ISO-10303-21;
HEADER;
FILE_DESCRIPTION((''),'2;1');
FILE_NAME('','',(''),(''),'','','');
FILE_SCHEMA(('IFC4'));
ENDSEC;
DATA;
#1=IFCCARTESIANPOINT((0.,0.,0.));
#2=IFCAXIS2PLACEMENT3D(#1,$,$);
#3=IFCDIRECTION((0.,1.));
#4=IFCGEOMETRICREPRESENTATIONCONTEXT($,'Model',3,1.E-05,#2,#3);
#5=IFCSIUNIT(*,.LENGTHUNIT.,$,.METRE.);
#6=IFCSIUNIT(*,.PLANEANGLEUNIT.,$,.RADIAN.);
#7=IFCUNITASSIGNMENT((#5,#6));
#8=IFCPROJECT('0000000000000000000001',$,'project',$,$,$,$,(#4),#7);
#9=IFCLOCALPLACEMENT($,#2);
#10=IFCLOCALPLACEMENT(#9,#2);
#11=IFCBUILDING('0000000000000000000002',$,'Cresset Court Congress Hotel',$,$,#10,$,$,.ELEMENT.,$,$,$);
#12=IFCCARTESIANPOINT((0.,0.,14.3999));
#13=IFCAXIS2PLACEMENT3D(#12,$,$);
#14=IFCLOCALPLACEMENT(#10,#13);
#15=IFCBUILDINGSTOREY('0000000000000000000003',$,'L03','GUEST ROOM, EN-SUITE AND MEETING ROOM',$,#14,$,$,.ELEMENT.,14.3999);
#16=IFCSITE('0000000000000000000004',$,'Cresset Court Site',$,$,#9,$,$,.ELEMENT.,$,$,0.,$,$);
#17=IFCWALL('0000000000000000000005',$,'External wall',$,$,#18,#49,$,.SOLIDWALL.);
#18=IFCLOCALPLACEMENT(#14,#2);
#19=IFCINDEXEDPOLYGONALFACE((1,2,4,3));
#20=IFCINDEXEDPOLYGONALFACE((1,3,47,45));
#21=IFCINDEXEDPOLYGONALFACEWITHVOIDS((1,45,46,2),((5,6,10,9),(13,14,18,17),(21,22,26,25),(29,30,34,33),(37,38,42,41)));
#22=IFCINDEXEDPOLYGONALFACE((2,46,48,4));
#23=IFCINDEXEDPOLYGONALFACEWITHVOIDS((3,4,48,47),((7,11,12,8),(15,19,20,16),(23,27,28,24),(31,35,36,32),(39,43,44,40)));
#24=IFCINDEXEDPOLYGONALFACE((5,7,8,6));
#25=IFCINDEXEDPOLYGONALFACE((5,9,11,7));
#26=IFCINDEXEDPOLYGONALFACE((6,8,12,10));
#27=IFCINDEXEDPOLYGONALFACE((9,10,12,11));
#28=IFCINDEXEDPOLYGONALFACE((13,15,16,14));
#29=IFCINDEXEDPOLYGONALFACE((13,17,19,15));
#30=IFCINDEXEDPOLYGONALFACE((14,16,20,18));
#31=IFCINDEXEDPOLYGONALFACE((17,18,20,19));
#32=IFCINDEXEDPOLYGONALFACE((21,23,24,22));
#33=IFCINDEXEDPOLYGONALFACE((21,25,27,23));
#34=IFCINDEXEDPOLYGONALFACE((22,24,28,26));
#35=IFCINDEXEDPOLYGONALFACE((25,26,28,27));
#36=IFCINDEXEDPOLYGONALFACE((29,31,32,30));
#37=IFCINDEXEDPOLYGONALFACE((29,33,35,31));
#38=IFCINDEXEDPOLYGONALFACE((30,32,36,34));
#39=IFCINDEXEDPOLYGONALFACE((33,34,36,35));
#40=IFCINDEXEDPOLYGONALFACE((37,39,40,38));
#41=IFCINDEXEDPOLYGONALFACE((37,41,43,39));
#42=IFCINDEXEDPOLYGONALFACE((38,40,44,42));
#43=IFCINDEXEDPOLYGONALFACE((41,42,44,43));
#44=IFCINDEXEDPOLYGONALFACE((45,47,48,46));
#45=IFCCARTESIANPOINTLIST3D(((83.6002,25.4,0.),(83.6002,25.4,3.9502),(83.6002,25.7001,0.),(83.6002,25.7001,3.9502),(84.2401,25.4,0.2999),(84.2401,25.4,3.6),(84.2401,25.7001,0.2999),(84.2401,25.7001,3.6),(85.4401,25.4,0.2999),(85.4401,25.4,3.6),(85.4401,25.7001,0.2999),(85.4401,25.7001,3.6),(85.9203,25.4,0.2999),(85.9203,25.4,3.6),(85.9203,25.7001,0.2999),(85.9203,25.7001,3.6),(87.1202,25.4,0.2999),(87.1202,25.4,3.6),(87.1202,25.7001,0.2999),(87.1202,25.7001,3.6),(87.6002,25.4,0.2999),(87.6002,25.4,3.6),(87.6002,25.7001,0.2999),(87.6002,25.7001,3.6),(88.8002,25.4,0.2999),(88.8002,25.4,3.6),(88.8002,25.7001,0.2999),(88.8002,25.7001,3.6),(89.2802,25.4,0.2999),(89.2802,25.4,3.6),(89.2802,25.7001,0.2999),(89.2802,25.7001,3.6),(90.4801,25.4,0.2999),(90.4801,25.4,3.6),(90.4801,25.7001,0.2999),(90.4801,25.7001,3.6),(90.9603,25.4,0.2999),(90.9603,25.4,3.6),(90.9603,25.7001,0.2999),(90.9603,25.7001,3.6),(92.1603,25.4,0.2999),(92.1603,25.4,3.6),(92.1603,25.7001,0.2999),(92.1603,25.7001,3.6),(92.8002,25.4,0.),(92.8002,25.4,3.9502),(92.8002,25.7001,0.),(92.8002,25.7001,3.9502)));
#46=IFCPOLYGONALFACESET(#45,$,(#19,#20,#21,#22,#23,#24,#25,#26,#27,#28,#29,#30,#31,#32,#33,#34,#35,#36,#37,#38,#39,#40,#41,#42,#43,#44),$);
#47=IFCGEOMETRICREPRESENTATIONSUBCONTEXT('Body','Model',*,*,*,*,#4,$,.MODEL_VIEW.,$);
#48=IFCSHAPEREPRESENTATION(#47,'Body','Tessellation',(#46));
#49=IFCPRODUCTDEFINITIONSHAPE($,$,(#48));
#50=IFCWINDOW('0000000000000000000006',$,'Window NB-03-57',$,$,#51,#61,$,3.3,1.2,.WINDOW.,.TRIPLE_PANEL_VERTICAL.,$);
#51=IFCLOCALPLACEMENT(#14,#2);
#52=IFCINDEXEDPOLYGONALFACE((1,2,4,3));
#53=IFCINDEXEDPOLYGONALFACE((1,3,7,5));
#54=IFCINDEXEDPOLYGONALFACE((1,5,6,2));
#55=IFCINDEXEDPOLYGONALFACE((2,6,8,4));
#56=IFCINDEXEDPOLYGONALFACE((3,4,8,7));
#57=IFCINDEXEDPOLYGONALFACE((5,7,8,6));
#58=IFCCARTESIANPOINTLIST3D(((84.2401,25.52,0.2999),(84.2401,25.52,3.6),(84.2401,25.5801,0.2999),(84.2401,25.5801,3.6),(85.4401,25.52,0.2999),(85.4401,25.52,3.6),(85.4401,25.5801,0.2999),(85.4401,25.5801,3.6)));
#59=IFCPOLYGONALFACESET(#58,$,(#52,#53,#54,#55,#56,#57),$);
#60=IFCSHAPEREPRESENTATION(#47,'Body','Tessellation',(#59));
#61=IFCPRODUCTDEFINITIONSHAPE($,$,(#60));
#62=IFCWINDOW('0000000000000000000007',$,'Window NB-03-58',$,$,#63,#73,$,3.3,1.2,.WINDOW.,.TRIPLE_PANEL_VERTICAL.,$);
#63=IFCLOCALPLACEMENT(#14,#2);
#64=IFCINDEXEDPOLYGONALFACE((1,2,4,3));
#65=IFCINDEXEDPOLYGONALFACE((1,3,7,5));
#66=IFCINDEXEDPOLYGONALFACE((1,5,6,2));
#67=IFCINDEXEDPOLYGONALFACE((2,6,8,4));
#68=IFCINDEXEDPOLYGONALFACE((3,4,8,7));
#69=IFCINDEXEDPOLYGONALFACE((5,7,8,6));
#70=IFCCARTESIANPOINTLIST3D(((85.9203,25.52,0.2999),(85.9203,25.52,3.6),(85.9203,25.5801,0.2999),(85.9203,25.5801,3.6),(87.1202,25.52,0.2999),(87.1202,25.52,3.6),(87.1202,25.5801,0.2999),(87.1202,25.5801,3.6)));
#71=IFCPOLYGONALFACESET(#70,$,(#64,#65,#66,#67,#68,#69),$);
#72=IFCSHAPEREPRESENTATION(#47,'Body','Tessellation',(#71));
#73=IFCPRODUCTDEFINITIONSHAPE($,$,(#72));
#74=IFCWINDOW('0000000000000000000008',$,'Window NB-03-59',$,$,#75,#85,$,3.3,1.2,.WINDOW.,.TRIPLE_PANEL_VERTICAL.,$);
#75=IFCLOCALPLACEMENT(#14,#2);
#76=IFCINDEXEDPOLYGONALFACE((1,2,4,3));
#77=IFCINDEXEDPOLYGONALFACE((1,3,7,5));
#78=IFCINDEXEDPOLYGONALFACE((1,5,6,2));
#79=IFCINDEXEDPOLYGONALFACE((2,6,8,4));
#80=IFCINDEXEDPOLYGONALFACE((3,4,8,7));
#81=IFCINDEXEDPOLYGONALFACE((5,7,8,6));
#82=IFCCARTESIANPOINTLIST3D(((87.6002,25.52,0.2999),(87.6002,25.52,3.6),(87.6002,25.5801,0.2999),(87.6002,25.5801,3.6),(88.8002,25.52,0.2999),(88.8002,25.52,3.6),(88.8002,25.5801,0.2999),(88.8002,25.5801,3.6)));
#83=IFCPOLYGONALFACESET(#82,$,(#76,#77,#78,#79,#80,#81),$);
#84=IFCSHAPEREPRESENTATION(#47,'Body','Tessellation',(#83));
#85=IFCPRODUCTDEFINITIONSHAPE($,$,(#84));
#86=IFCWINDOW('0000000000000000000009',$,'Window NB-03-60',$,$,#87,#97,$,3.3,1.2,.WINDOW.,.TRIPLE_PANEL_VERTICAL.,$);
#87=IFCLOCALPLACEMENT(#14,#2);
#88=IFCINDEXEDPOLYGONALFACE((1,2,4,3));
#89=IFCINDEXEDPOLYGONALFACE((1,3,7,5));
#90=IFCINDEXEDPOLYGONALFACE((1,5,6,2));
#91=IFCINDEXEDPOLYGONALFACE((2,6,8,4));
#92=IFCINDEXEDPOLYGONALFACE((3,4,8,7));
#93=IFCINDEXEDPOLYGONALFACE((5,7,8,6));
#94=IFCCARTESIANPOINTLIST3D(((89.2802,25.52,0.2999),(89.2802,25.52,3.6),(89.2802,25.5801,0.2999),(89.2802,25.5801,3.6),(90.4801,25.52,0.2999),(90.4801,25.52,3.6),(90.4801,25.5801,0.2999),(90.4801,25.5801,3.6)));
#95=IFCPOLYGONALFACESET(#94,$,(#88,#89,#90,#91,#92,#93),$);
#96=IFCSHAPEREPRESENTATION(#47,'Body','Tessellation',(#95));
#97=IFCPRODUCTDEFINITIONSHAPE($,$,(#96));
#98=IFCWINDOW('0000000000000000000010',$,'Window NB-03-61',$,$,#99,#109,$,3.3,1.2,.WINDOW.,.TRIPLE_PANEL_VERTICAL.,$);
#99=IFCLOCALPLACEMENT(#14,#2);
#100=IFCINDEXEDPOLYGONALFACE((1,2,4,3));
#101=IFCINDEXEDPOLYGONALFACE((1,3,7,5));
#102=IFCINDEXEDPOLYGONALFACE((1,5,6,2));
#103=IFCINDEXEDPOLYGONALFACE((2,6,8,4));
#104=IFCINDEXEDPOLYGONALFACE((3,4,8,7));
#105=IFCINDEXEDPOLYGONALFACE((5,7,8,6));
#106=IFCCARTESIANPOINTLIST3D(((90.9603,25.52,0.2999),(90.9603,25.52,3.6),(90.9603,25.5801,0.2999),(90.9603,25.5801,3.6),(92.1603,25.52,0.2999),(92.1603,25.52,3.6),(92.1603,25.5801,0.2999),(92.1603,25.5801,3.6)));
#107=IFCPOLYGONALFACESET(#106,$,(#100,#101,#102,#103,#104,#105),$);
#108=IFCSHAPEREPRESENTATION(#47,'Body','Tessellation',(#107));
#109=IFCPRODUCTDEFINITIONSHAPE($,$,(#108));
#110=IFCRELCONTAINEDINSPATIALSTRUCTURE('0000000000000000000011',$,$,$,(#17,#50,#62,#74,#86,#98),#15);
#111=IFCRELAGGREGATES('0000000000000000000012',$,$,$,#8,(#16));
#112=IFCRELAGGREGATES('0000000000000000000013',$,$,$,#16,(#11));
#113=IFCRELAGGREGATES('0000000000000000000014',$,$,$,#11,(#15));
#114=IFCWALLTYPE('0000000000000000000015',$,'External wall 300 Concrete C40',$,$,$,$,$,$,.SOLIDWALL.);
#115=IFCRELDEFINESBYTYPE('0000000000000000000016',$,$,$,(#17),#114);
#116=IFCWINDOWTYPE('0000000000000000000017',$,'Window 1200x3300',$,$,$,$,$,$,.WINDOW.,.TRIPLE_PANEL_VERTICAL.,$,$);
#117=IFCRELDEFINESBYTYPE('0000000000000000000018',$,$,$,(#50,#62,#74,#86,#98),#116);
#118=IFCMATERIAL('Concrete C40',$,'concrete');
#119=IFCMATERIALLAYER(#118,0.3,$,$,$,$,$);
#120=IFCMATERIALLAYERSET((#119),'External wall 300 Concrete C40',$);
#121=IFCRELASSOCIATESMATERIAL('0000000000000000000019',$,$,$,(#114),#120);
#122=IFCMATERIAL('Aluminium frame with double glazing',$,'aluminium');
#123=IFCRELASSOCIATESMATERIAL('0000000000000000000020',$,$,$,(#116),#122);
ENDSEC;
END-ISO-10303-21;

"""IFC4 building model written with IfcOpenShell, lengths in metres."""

from ifc_helpers import new_model, si_unit, direction, frame, frame_2d, origin, place, context, subcontext, project, spatial, rectangle, extrude, material, layer, layer_set, type_object, element, fill, save


model = new_model("IFC4")

# Units and contexts
model_context = context("Model", 3, precision=1e-05, world=origin(), true_north=direction((0.0, 1.0)))
body_context = subcontext(model_context, "Body", "Model", "MODEL_VIEW")
ifc_project = project(units=[si_unit("LENGTHUNIT", "METRE"), si_unit("PLANEANGLEUNIT", "RADIAN")], contexts=[model_context])

# Site, building, storey
site_placement = place(None, origin())
site = spatial("IfcSite", under=ifc_project, at=site_placement, Name="Cresset Court Site", CompositionType="ELEMENT", RefElevation=0.0)
building_placement = place(site_placement, origin())
building = spatial("IfcBuilding", under=site, at=building_placement, Name="Cresset Court Congress Hotel", CompositionType="ELEMENT")
storey_placement = place(building_placement, frame((0.0, 0.0, 14.3999)))
storey = spatial("IfcBuildingStorey", under=building, at=storey_placement, Name="L03", Description="GUEST ROOM, EN-SUITE AND MEETING ROOM", CompositionType="ELEMENT", Elevation=14.3999)

# Wall, openings, windows
ifc_material_1 = material(Name="Concrete C40", Category="concrete")
ifc_layer_1 = layer(ifc_material_1, 0.3)
ifc_layer_set_1 = layer_set([ifc_layer_1], Name="External wall 300 Concrete C40")
wall_type = type_object("IfcWallType", Name="External wall 300 Concrete C40", PredefinedType="SOLIDWALL", material=ifc_layer_set_1)
wall_placement = place(storey_placement, frame((83.6001, 25.55, 0.0), z_axis=(0.0, 0.0, 1.0), x_axis=(1.0, 0.0, 0.0)))
wall = element("IfcWall", 1, at=wall_placement, inside=storey, type_object=wall_type, Name="External wall", PredefinedType="SOLIDWALL", context=body_context, shape_type="SweptSolid", body=[
    extrude(rectangle(XDim=9.2, YDim=0.3, at=frame_2d((4.6001, 0.0))), origin(), (0.0, 0.0, 1.0), 3.9502),
])
opening_1_placement = place(wall_placement, frame((0.6399, 0.0, 0.3)))
opening_1 = element("IfcOpeningElement", 2, at=opening_1_placement, cuts=wall, PredefinedType="OPENING", context=body_context, shape_type="SweptSolid", body=[
    extrude(rectangle(XDim=1.2, YDim=3.3, at=frame_2d((0.6001, 1.6499))), frame((0.0, 0.1599, 0.0), z_axis=(0.0, -1.0, 0.0), x_axis=(1.0, 0.0, 0.0)), (0.0, 0.0, 1.0), 0.3201),
])
opening_2_placement = place(wall_placement, frame((2.3201, 0.0, 0.3)))
opening_2 = element("IfcOpeningElement", 3, at=opening_2_placement, cuts=wall, PredefinedType="OPENING", context=body_context, shape_type="SweptSolid", body=[
    extrude(rectangle(XDim=1.2, YDim=3.3, at=frame_2d((0.6001, 1.6499))), frame((0.0, 0.1599, 0.0), z_axis=(0.0, -1.0, 0.0), x_axis=(1.0, 0.0, 0.0)), (0.0, 0.0, 1.0), 0.3201),
])
opening_3_placement = place(wall_placement, frame((4.0, 0.0, 0.3)))
opening_3 = element("IfcOpeningElement", 4, at=opening_3_placement, cuts=wall, PredefinedType="OPENING", context=body_context, shape_type="SweptSolid", body=[
    extrude(rectangle(XDim=1.2, YDim=3.3, at=frame_2d((0.6001, 1.6499))), frame((0.0, 0.1599, 0.0), z_axis=(0.0, -1.0, 0.0), x_axis=(1.0, 0.0, 0.0)), (0.0, 0.0, 1.0), 0.3201),
])
opening_4_placement = place(wall_placement, frame((5.6799, 0.0, 0.3)))
opening_4 = element("IfcOpeningElement", 5, at=opening_4_placement, cuts=wall, PredefinedType="OPENING", context=body_context, shape_type="SweptSolid", body=[
    extrude(rectangle(XDim=1.2, YDim=3.3, at=frame_2d((0.6001, 1.6499))), frame((0.0, 0.1599, 0.0), z_axis=(0.0, -1.0, 0.0), x_axis=(1.0, 0.0, 0.0)), (0.0, 0.0, 1.0), 0.3201),
])
opening_5_placement = place(wall_placement, frame((7.3601, 0.0, 0.3)))
opening_5 = element("IfcOpeningElement", 6, at=opening_5_placement, cuts=wall, PredefinedType="OPENING", context=body_context, shape_type="SweptSolid", body=[
    extrude(rectangle(XDim=1.2, YDim=3.3, at=frame_2d((0.6001, 1.6499))), frame((0.0, 0.1599, 0.0), z_axis=(0.0, -1.0, 0.0), x_axis=(1.0, 0.0, 0.0)), (0.0, 0.0, 1.0), 0.3201),
])
ifc_material_2 = material(Name="Aluminium frame with double glazing", Category="aluminium")
window_type = type_object("IfcWindowType", Name="Window 1200x3300", PartitioningType="TRIPLE_PANEL_VERTICAL", PredefinedType="WINDOW", material=ifc_material_2)
window_1_placement = place(opening_1_placement, origin())
window_1 = element("IfcWindow", 7, at=window_1_placement, inside=storey, type_object=window_type, Name="Window NB-03-57", OverallHeight=3.3, OverallWidth=1.2, PartitioningType="TRIPLE_PANEL_VERTICAL", PredefinedType="WINDOW", context=body_context, shape_type="SweptSolid", body=[
    extrude(rectangle(XDim=1.2, YDim=3.3, at=frame_2d((0.6001, 1.6499))), frame((0.0, 0.03, 0.0), z_axis=(0.0, -1.0, 0.0), x_axis=(1.0, 0.0, 0.0)), (0.0, 0.0, 1.0), 0.0601),
])
fill(opening_1, window_1)
window_2_placement = place(opening_2_placement, origin())
window_2 = element("IfcWindow", 8, at=window_2_placement, inside=storey, type_object=window_type, Name="Window NB-03-58", OverallHeight=3.3, OverallWidth=1.2, PartitioningType="TRIPLE_PANEL_VERTICAL", PredefinedType="WINDOW", context=body_context, shape_type="SweptSolid", body=[
    extrude(rectangle(XDim=1.2, YDim=3.3, at=frame_2d((0.6001, 1.6499))), frame((0.0, 0.03, 0.0), z_axis=(0.0, -1.0, 0.0), x_axis=(1.0, 0.0, 0.0)), (0.0, 0.0, 1.0), 0.0601),
])
fill(opening_2, window_2)
window_3_placement = place(opening_3_placement, origin())
window_3 = element("IfcWindow", 9, at=window_3_placement, inside=storey, type_object=window_type, Name="Window NB-03-59", OverallHeight=3.3, OverallWidth=1.2, PartitioningType="TRIPLE_PANEL_VERTICAL", PredefinedType="WINDOW", context=body_context, shape_type="SweptSolid", body=[
    extrude(rectangle(XDim=1.2, YDim=3.3, at=frame_2d((0.6001, 1.6499))), frame((0.0, 0.03, 0.0), z_axis=(0.0, -1.0, 0.0), x_axis=(1.0, 0.0, 0.0)), (0.0, 0.0, 1.0), 0.0601),
])
fill(opening_3, window_3)
window_4_placement = place(opening_4_placement, origin())
window_4 = element("IfcWindow", 10, at=window_4_placement, inside=storey, type_object=window_type, Name="Window NB-03-60", OverallHeight=3.3, OverallWidth=1.2, PartitioningType="TRIPLE_PANEL_VERTICAL", PredefinedType="WINDOW", context=body_context, shape_type="SweptSolid", body=[
    extrude(rectangle(XDim=1.2, YDim=3.3, at=frame_2d((0.6001, 1.6499))), frame((0.0, 0.03, 0.0), z_axis=(0.0, -1.0, 0.0), x_axis=(1.0, 0.0, 0.0)), (0.0, 0.0, 1.0), 0.0601),
])
fill(opening_4, window_4)
window_5_placement = place(opening_5_placement, origin())
window_5 = element("IfcWindow", 11, at=window_5_placement, inside=storey, type_object=window_type, Name="Window NB-03-61", OverallHeight=3.3, OverallWidth=1.2, PartitioningType="TRIPLE_PANEL_VERTICAL", PredefinedType="WINDOW", context=body_context, shape_type="SweptSolid", body=[
    extrude(rectangle(XDim=1.2, YDim=3.3, at=frame_2d((0.6001, 1.6499))), frame((0.0, 0.03, 0.0), z_axis=(0.0, -1.0, 0.0), x_axis=(1.0, 0.0, 0.0)), (0.0, 0.0, 1.0), 0.0601),
])
fill(opening_5, window_5)

save(model, "model.ifc")
